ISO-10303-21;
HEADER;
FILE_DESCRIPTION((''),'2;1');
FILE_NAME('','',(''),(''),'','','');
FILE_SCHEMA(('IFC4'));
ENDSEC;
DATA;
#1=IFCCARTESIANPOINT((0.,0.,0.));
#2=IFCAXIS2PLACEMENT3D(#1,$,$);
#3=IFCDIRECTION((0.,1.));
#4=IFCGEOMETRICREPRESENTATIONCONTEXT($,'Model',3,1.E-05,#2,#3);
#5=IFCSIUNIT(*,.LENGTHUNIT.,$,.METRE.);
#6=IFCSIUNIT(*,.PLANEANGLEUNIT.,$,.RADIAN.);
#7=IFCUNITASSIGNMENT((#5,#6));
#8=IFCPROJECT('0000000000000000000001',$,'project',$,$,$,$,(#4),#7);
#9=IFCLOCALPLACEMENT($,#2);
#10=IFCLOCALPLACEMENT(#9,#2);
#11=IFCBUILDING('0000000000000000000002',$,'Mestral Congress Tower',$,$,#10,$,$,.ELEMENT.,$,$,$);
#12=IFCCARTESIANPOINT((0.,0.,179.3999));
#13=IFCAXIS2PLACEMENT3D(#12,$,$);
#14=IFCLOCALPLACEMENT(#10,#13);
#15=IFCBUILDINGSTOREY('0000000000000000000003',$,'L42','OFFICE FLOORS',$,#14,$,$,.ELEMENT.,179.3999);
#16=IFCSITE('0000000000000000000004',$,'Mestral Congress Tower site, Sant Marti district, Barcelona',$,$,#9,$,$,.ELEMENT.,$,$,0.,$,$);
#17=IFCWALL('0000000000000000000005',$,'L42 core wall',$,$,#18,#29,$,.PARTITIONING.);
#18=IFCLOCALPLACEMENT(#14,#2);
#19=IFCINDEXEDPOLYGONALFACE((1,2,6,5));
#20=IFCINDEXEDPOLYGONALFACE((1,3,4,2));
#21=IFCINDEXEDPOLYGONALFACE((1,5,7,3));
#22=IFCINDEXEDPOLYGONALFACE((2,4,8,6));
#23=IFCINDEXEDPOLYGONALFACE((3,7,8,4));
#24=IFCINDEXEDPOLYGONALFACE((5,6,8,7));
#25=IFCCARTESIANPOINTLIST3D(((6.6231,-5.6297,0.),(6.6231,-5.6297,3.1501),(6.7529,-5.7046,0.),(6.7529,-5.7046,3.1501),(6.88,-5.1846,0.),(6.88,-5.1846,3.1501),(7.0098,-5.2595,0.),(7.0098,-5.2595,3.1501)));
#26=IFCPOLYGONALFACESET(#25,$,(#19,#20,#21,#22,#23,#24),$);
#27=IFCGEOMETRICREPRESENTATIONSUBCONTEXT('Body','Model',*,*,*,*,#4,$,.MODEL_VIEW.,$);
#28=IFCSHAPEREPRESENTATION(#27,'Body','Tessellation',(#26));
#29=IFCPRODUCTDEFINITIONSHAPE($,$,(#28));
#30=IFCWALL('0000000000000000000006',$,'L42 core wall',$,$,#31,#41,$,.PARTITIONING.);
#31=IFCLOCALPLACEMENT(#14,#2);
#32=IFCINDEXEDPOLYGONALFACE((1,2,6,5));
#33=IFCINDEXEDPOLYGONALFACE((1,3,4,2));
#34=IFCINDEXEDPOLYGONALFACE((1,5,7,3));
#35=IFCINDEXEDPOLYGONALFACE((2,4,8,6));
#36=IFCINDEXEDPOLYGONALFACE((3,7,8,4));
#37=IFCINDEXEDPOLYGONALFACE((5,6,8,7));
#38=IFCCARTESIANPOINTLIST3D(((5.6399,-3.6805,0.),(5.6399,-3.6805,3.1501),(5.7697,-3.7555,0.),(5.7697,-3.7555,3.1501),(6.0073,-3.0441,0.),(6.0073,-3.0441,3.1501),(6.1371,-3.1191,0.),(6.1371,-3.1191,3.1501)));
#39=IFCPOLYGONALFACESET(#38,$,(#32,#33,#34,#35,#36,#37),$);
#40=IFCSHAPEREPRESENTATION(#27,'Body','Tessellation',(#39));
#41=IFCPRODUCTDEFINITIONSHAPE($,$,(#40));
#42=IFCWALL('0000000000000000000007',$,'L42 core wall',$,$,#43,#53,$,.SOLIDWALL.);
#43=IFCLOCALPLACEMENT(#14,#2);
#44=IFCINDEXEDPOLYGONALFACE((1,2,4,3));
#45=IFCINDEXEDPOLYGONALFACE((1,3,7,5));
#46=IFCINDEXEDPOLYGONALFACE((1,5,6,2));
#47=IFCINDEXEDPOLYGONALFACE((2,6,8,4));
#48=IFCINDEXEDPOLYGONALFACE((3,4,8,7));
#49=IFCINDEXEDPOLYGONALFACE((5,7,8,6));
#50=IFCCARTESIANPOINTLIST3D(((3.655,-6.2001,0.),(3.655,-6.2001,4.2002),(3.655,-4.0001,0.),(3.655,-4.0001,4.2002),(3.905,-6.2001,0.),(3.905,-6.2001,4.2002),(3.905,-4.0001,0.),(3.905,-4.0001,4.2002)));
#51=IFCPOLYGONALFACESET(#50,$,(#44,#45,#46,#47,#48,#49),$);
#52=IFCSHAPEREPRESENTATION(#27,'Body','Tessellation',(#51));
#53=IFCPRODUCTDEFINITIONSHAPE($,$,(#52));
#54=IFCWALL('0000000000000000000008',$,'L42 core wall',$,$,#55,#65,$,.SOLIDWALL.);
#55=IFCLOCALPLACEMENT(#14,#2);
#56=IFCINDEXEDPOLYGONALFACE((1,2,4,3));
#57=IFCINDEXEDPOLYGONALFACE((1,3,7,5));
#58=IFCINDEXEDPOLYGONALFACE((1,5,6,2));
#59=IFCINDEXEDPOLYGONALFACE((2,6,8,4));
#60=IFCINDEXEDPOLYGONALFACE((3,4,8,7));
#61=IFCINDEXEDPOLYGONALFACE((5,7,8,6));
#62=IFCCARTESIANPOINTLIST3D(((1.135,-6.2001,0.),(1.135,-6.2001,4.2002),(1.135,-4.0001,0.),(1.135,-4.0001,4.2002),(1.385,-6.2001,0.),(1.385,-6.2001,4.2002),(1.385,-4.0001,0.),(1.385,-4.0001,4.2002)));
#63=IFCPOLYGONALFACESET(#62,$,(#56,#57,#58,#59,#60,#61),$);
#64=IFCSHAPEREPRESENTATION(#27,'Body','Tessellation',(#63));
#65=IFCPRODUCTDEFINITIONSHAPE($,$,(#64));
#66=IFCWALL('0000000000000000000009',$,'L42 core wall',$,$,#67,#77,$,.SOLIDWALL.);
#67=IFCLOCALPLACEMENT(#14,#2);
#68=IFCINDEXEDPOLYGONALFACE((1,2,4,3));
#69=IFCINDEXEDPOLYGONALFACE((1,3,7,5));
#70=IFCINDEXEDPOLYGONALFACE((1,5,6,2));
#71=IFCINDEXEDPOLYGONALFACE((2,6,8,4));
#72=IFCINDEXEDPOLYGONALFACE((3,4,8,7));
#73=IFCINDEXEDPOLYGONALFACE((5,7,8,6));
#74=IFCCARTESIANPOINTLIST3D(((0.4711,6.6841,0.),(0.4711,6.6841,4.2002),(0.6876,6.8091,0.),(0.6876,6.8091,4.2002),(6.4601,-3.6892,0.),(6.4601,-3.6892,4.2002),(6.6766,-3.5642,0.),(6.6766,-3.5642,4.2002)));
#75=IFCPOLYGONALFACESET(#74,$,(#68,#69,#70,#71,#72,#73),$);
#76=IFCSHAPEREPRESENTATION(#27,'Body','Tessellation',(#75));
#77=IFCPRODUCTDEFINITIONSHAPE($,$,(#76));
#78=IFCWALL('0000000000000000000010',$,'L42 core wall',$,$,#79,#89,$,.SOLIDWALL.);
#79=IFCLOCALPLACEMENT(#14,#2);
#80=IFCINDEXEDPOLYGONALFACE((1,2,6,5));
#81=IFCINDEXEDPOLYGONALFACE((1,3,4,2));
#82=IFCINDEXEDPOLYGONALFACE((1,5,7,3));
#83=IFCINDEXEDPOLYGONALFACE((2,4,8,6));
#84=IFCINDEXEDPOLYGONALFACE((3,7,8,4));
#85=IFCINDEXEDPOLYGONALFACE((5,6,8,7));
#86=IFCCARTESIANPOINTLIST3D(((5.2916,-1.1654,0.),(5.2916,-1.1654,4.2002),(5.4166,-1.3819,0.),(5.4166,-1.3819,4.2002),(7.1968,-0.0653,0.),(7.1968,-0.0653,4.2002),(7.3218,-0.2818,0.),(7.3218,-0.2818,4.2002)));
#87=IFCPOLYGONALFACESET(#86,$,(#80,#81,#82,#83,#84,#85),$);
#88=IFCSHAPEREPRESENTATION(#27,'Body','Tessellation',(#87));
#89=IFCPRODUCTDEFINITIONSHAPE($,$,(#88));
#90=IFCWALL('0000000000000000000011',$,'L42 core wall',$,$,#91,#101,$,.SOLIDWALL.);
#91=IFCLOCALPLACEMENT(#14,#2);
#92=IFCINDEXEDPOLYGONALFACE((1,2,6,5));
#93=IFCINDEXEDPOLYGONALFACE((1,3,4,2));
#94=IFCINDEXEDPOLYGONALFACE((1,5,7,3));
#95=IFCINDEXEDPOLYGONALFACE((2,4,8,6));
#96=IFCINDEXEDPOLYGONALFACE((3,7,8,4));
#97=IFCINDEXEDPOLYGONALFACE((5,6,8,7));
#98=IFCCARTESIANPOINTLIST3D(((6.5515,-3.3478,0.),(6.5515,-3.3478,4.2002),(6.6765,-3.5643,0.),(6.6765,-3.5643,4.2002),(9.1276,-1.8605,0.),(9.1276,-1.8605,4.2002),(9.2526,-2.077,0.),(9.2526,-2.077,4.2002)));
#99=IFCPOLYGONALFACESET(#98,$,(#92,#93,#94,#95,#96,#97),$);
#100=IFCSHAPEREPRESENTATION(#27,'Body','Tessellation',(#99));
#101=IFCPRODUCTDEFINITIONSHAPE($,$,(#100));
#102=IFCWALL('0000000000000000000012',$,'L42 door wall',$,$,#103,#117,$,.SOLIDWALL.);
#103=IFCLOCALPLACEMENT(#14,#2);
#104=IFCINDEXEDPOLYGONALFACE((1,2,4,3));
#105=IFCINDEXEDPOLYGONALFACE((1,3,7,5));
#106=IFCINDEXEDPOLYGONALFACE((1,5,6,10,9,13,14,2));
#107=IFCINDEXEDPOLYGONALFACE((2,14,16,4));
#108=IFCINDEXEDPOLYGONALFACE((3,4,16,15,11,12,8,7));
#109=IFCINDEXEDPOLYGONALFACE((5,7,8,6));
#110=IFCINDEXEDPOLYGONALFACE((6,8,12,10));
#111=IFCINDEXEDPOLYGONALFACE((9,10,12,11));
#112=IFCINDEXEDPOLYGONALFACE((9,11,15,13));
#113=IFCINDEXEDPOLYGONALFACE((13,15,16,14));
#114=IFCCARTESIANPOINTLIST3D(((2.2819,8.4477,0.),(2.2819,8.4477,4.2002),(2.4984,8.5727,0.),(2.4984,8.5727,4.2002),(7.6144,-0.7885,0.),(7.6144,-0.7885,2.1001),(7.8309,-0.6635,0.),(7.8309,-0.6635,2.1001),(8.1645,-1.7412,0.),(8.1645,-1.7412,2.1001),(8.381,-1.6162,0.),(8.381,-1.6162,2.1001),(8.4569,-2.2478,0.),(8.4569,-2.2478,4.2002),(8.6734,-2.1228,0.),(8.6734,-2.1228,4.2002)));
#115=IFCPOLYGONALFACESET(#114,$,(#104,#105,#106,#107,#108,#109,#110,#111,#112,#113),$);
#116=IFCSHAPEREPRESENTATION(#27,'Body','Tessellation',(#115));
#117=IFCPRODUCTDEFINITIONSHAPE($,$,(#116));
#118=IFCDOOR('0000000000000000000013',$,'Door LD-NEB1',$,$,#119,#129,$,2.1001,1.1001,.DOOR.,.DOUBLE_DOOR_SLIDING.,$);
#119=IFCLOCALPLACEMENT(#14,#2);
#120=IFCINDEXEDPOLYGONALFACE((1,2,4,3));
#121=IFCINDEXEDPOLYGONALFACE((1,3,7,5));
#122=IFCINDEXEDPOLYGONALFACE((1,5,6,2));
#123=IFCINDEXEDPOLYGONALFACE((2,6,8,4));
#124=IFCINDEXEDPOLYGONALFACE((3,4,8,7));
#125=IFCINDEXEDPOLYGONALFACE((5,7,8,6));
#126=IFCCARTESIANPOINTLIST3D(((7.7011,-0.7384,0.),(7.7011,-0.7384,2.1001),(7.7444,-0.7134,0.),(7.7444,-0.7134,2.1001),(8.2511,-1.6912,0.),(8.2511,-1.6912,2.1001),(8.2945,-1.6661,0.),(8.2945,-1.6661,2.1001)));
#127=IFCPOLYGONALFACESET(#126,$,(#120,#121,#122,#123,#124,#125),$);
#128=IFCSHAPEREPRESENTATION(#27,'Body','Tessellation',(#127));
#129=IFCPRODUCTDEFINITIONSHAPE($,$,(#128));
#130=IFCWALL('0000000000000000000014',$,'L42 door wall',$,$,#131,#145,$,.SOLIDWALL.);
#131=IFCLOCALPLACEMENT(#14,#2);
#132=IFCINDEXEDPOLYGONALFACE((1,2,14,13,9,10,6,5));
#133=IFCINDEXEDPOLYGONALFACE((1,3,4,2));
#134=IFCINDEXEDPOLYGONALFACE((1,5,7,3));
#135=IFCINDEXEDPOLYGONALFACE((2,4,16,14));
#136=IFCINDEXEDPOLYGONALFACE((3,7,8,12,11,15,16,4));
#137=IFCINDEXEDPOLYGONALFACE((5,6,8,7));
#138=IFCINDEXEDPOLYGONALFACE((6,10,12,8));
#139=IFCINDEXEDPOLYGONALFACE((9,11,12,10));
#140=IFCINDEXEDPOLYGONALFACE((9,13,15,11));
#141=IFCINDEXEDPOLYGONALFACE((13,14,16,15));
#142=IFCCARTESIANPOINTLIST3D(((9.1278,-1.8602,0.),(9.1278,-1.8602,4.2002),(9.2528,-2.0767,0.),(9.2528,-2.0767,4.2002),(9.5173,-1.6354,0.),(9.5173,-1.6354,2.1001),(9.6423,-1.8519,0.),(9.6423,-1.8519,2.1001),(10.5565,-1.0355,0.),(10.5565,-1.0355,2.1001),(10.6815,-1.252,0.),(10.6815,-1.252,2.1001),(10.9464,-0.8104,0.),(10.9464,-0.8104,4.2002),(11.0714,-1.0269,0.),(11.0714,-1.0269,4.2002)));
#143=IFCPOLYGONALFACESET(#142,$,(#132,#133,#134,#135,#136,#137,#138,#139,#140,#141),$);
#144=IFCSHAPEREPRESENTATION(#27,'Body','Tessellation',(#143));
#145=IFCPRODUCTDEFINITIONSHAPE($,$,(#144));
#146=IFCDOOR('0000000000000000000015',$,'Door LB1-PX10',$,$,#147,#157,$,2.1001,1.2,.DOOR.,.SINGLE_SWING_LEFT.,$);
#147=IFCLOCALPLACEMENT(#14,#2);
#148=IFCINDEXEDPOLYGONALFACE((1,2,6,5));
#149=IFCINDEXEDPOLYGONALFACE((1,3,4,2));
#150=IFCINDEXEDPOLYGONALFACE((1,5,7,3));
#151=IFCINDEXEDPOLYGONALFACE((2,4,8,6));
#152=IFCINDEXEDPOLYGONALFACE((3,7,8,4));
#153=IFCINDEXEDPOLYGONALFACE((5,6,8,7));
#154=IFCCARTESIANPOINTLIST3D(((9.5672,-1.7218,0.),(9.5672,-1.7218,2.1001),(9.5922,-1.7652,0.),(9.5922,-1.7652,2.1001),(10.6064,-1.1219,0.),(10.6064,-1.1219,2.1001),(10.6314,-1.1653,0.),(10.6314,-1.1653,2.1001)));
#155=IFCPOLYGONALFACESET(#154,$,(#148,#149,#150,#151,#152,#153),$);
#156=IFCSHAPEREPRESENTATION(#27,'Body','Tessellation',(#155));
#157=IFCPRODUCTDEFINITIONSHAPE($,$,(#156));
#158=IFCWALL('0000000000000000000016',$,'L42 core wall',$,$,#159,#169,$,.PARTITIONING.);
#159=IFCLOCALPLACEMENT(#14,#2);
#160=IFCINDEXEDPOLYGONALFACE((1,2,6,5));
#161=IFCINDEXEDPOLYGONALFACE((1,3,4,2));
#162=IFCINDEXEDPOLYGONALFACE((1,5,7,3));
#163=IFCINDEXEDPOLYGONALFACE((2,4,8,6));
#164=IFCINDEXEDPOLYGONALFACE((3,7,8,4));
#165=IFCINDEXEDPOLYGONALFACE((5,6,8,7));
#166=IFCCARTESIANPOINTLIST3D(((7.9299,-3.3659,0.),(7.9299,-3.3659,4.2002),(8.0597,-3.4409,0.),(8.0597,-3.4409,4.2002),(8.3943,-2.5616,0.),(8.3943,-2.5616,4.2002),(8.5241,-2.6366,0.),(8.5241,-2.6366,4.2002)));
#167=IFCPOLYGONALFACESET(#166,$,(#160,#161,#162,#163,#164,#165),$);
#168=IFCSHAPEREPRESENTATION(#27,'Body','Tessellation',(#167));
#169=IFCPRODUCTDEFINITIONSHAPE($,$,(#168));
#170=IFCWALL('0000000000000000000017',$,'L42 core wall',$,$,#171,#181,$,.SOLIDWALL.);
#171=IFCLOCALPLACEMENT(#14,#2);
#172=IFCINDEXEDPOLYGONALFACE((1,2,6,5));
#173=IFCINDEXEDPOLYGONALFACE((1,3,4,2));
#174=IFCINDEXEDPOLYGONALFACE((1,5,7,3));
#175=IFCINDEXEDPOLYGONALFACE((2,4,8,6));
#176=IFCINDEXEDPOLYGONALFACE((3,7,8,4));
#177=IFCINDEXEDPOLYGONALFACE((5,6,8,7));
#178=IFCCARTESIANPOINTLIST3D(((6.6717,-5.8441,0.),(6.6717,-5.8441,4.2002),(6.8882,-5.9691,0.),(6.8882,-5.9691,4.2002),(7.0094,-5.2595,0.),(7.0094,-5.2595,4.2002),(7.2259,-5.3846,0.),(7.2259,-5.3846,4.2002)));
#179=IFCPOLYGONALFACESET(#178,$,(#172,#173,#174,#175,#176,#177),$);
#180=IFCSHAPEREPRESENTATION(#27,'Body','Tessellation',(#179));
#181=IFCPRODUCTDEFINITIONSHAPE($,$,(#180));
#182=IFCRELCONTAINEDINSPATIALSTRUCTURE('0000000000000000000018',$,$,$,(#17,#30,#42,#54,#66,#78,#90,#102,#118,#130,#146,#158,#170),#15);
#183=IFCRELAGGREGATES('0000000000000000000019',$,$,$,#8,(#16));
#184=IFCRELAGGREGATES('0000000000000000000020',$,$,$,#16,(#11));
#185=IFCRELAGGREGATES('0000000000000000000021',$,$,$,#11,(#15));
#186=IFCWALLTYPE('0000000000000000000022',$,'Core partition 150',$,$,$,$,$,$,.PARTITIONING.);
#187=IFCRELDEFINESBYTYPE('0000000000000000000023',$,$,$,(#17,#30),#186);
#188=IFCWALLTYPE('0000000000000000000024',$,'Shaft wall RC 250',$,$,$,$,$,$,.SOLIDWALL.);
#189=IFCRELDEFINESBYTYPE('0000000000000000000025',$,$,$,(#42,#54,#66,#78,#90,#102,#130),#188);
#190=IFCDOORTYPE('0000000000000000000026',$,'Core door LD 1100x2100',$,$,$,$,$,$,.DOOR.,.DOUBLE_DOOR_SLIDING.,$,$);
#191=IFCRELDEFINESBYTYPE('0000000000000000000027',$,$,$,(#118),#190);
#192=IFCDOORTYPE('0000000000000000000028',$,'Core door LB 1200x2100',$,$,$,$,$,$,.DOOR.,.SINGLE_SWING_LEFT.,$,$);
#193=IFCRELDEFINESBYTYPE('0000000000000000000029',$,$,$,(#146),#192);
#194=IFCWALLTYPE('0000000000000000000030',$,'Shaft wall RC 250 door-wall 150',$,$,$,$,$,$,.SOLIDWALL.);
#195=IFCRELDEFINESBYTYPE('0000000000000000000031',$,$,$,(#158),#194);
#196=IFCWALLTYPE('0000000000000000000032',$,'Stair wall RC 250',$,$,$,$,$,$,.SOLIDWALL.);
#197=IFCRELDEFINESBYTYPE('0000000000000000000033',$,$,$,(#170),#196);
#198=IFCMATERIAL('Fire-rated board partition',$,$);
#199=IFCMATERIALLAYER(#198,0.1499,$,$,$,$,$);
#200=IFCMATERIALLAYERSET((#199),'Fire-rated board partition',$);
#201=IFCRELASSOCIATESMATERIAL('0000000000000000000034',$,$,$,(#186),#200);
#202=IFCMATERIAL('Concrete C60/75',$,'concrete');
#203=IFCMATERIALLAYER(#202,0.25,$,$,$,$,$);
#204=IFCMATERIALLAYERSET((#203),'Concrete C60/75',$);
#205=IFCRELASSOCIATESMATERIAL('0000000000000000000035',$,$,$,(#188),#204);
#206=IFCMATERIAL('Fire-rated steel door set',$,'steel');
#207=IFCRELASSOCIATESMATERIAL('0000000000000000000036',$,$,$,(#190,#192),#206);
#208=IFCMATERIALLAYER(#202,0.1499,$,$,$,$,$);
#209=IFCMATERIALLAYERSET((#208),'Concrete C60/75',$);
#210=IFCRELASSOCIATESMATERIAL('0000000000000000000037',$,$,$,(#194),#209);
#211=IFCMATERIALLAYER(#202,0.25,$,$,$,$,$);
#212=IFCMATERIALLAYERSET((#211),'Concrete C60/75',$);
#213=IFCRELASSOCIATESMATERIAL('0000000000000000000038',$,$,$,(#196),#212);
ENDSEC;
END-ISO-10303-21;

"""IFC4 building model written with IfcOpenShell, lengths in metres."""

from ifc_helpers import new_model, si_unit, direction, frame, frame_2d, origin, place, context, subcontext, project, spatial, rectangle, extrude, material, layer, layer_set, type_object, element, fill, save


model = new_model("IFC4")

# Units and contexts
model_context = context("Model", 3, precision=1e-05, world=origin(), true_north=direction((0.0, 1.0)))
body_context = subcontext(model_context, "Body", "Model", "MODEL_VIEW")
ifc_project = project(units=[si_unit("LENGTHUNIT", "METRE"), si_unit("PLANEANGLEUNIT", "RADIAN")], contexts=[model_context])

# Site, building, storey
site_placement = place(None, origin())
site = spatial("IfcSite", under=ifc_project, at=site_placement, Name="Mestral Congress Tower site, Sant Marti district, Barcelona", CompositionType="ELEMENT", RefElevation=0.0)
building_placement = place(site_placement, origin())
building = spatial("IfcBuilding", under=site, at=building_placement, Name="Mestral Congress Tower", CompositionType="ELEMENT")
storey_placement = place(building_placement, frame((0.0, 0.0, 179.3999)))
storey = spatial("IfcBuildingStorey", under=building, at=storey_placement, Name="L42", Description="OFFICE FLOORS", CompositionType="ELEMENT", Elevation=179.3999)

# Walls
ifc_material_1 = material(Name="Fire-rated board partition")
ifc_layer_1 = layer(ifc_material_1, 0.1499)
ifc_layer_set_1 = layer_set([ifc_layer_1], Name="Fire-rated board partition")
wall_type_1 = type_object("IfcWallType", Name="Core partition 150", PredefinedType="PARTITIONING", material=ifc_layer_set_1)
wall_1_placement = place(storey_placement, frame((6.9448, -5.2222, 0.0), z_axis=(0.0, 0.0, 1.0), x_axis=(-0.499818, -0.86613, 0.0)))
element("IfcWall", 1, at=wall_1_placement, inside=storey, type_object=wall_type_1, Name="L42 core wall", PredefinedType="PARTITIONING", context=body_context, shape_type="SweptSolid", body=[
    extrude(rectangle(XDim=0.5139, YDim=0.1499, at=frame_2d((0.2568, 0.0))), origin(), (0.0, 0.0, 1.0), 3.1501),
])
wall_2_placement = place(storey_placement, frame((5.7048, -3.718, 0.0), z_axis=(0.0, 0.0, 1.0), x_axis=(0.499962, 0.866047, 0.0)))
element("IfcWall", 2, at=wall_2_placement, inside=storey, type_object=wall_type_1, Name="L42 core wall", PredefinedType="PARTITIONING", context=body_context, shape_type="SweptSolid", body=[
    extrude(rectangle(XDim=0.7349, YDim=0.1499, at=frame_2d((0.3674, 0.0))), origin(), (0.0, 0.0, 1.0), 3.1501),
])
ifc_material_2 = material(Name="Concrete C60/75", Category="concrete")
ifc_layer_2 = layer(ifc_material_2, 0.25)
ifc_layer_set_2 = layer_set([ifc_layer_2], Name="Concrete C60/75")
wall_type_2 = type_object("IfcWallType", Name="Shaft wall RC 250", PredefinedType="SOLIDWALL", material=ifc_layer_set_2)
for number, where, z_axis, x_axis, name in (
    (3, (3.78, -4.0, 0.0), (0.0, 0.0, 1.0), (0.0, -1.0, 0.0), "L42 core wall"),
    (4, (1.26, -4.0, 0.0), (0.0, 0.0, 1.0), (0.0, -1.0, 0.0), "L42 core wall"),
):
    element("IfcWall", number, at=place(storey_placement, frame(where, z_axis=z_axis, x_axis=x_axis)), inside=storey, type_object=wall_type_2, Name=name, PredefinedType="SOLIDWALL", context=body_context, shape_type="SweptSolid", body=[
        extrude(rectangle(XDim=2.2, YDim=0.25, at=frame_2d((1.1001, 0.0))), origin(), (0.0, 0.0, 1.0), 4.2002),
    ])
wall_3_placement = place(storey_placement, frame((6.5684, -3.6267, 0.0), z_axis=(0.0, 0.0, 1.0), x_axis=(-0.499999, 0.866026, 0.0)))
element("IfcWall", 5, at=wall_3_placement, inside=storey, type_object=wall_type_2, Name="L42 core wall", PredefinedType="SOLIDWALL", context=body_context, shape_type="SweptSolid", body=[
    extrude(rectangle(XDim=11.978, YDim=0.25, at=frame_2d((5.989, 0.0))), origin(), (0.0, 0.0, 1.0), 4.2002),
])
wall_4_placement = place(storey_placement, frame((5.354, -1.2737, 0.0), z_axis=(0.0, 0.0, 1.0), x_axis=(0.866008, 0.50003, 0.0)))
element("IfcWall", 6, at=wall_4_placement, inside=storey, type_object=wall_type_2, Name="L42 core wall", PredefinedType="SOLIDWALL", context=body_context, shape_type="SweptSolid", body=[
    extrude(rectangle(XDim=2.2, YDim=0.25, at=frame_2d((1.1001, 0.0))), origin(), (0.0, 0.0, 1.0), 4.2002),
])
wall_5_placement = place(storey_placement, frame((6.614, -3.4561, 0.0), z_axis=(0.0, 0.0, 1.0), x_axis=(0.866033, 0.499988, 0.0)))
element("IfcWall", 7, at=wall_5_placement, inside=storey, type_object=wall_type_2, Name="L42 core wall", PredefinedType="SOLIDWALL", context=body_context, shape_type="SweptSolid", body=[
    extrude(rectangle(XDim=2.9746, YDim=0.25, at=frame_2d((1.4873, 0.0))), origin(), (0.0, 0.0, 1.0), 4.2002),
])

# Walls, openings, doors
wall_6_placement = place(storey_placement, frame((8.5652, -2.1853, 0.0), z_axis=(0.0, 0.0, 1.0), x_axis=(-0.499998, 0.866027, 0.0)))
wall_6 = element("IfcWall", 8, at=wall_6_placement, inside=storey, type_object=wall_type_2, Name="L42 door wall", PredefinedType="SOLIDWALL", context=body_context, shape_type="SweptSolid", body=[
    extrude(rectangle(XDim=12.3501, YDim=0.25, at=frame_2d((6.175, 0.0))), origin(), (0.0, 0.0, 1.0), 4.2002),
])
opening_1_placement = place(wall_6_placement, frame((0.585, 0.0, 0.0)))
opening_1 = element("IfcOpeningElement", 9, at=opening_1_placement, cuts=wall_6, PredefinedType="OPENING", context=body_context, shape_type="SweptSolid", body=[
    extrude(rectangle(XDim=1.1001, YDim=2.1001, at=frame_2d((0.55, 1.05))), frame((0.0, 0.135, 0.0), z_axis=(0.0, -1.0, 0.0), x_axis=(1.0, 0.0, 0.0)), (0.0, 0.0, 1.0), 0.27),
])
ifc_material_3 = material(Name="Fire-rated steel door set", Category="steel")
door_type_1 = type_object("IfcDoorType", Name="Core door LD 1100x2100", OperationType="DOUBLE_DOOR_SLIDING", PredefinedType="DOOR", material=ifc_material_3)
door_1_placement = place(opening_1_placement, origin())
door_1 = element("IfcDoor", 10, at=door_1_placement, inside=storey, type_object=door_type_1, Name="Door LD-NEB1", OperationType="DOUBLE_DOOR_SLIDING", OverallHeight=2.1001, OverallWidth=1.1001, PredefinedType="DOOR", context=body_context, shape_type="SweptSolid", body=[
    extrude(rectangle(XDim=1.1001, YDim=2.1001, at=frame_2d((0.55, 1.05))), frame((0.0, 0.0249, 0.0), z_axis=(0.0, -1.0, 0.0), x_axis=(1.0, 0.0, 0.0)), (0.0, 0.0, 1.0), 0.05),
])
fill(opening_1, door_1)
wall_7_placement = place(storey_placement, frame((11.0088, -0.9187, 0.0), z_axis=(0.0, 0.0, 1.0), x_axis=(-0.86606, -0.499941, 0.0)))
wall_7 = element("IfcWall", 11, at=wall_7_placement, inside=storey, type_object=wall_type_2, Name="L42 door wall", PredefinedType="SOLIDWALL", context=body_context, shape_type="SweptSolid", body=[
    extrude(rectangle(XDim=2.0999, YDim=0.25, at=frame_2d((1.0498, 0.0))), origin(), (0.0, 0.0, 1.0), 4.2002),
])
opening_2_placement = place(wall_7_placement, frame((0.45, 0.0, 0.0)))
opening_2 = element("IfcOpeningElement", 12, at=opening_2_placement, cuts=wall_7, PredefinedType="OPENING", context=body_context, shape_type="SweptSolid", body=[
    extrude(rectangle(XDim=1.2, YDim=2.1001, at=frame_2d((0.6001, 1.05))), frame((0.0, 0.135, 0.0), z_axis=(0.0, -1.0, 0.0), x_axis=(1.0, 0.0, 0.0)), (0.0, 0.0, 1.0), 0.27),
])
door_type_2 = type_object("IfcDoorType", Name="Core door LB 1200x2100", OperationType="SINGLE_SWING_LEFT", PredefinedType="DOOR", material=ifc_material_3)
door_2_placement = place(opening_2_placement, origin())
door_2 = element("IfcDoor", 13, at=door_2_placement, inside=storey, type_object=door_type_2, Name="Door LB1-PX10", OperationType="SINGLE_SWING_LEFT", OverallHeight=2.1001, OverallWidth=1.2, PredefinedType="DOOR", context=body_context, shape_type="SweptSolid", body=[
    extrude(rectangle(XDim=1.2, YDim=2.1001, at=frame_2d((0.6001, 1.05))), frame((0.0, 0.0249, 0.0), z_axis=(0.0, -1.0, 0.0), x_axis=(1.0, 0.0, 0.0)), (0.0, 0.0, 1.0), 0.05),
])
fill(opening_2, door_2)

# Walls
ifc_layer_3 = layer(ifc_material_2, 0.1499)
ifc_layer_set_3 = layer_set([ifc_layer_3], Name="Concrete C60/75")
wall_type_3 = type_object("IfcWallType", Name="Shaft wall RC 250 door-wall 150", PredefinedType="SOLIDWALL", material=ifc_layer_set_3)
wall_8_placement = place(storey_placement, frame((8.4592, -2.5991, 0.0), z_axis=(0.0, 0.0, 1.0), x_axis=(-0.500041, -0.866002, 0.0)))
element("IfcWall", 14, at=wall_8_placement, inside=storey, type_object=wall_type_3, Name="L42 core wall", PredefinedType="PARTITIONING", context=body_context, shape_type="SweptSolid", body=[
    extrude(rectangle(XDim=0.9287, YDim=0.1499, at=frame_2d((0.4644, 0.0))), origin(), (0.0, 0.0, 1.0), 4.2002),
])
ifc_layer_4 = layer(ifc_material_2, 0.25)
ifc_layer_set_4 = layer_set([ifc_layer_4], Name="Concrete C60/75")
wall_type_4 = type_object("IfcWallType", Name="Stair wall RC 250", PredefinedType="SOLIDWALL", material=ifc_layer_set_4)
wall_9_placement = place(storey_placement, frame((6.78, -5.9065, 0.0), z_axis=(0.0, 0.0, 1.0), x_axis=(0.500223, 0.865896, 0.0)))
element("IfcWall", 15, at=wall_9_placement, inside=storey, type_object=wall_type_4, Name="L42 core wall", PredefinedType="SOLIDWALL", context=body_context, shape_type="SweptSolid", body=[
    extrude(rectangle(XDim=0.675, YDim=0.25, at=frame_2d((0.3374, 0.0))), origin(), (0.0, 0.0, 1.0), 4.2002),
])

save(model, "model.ifc")
